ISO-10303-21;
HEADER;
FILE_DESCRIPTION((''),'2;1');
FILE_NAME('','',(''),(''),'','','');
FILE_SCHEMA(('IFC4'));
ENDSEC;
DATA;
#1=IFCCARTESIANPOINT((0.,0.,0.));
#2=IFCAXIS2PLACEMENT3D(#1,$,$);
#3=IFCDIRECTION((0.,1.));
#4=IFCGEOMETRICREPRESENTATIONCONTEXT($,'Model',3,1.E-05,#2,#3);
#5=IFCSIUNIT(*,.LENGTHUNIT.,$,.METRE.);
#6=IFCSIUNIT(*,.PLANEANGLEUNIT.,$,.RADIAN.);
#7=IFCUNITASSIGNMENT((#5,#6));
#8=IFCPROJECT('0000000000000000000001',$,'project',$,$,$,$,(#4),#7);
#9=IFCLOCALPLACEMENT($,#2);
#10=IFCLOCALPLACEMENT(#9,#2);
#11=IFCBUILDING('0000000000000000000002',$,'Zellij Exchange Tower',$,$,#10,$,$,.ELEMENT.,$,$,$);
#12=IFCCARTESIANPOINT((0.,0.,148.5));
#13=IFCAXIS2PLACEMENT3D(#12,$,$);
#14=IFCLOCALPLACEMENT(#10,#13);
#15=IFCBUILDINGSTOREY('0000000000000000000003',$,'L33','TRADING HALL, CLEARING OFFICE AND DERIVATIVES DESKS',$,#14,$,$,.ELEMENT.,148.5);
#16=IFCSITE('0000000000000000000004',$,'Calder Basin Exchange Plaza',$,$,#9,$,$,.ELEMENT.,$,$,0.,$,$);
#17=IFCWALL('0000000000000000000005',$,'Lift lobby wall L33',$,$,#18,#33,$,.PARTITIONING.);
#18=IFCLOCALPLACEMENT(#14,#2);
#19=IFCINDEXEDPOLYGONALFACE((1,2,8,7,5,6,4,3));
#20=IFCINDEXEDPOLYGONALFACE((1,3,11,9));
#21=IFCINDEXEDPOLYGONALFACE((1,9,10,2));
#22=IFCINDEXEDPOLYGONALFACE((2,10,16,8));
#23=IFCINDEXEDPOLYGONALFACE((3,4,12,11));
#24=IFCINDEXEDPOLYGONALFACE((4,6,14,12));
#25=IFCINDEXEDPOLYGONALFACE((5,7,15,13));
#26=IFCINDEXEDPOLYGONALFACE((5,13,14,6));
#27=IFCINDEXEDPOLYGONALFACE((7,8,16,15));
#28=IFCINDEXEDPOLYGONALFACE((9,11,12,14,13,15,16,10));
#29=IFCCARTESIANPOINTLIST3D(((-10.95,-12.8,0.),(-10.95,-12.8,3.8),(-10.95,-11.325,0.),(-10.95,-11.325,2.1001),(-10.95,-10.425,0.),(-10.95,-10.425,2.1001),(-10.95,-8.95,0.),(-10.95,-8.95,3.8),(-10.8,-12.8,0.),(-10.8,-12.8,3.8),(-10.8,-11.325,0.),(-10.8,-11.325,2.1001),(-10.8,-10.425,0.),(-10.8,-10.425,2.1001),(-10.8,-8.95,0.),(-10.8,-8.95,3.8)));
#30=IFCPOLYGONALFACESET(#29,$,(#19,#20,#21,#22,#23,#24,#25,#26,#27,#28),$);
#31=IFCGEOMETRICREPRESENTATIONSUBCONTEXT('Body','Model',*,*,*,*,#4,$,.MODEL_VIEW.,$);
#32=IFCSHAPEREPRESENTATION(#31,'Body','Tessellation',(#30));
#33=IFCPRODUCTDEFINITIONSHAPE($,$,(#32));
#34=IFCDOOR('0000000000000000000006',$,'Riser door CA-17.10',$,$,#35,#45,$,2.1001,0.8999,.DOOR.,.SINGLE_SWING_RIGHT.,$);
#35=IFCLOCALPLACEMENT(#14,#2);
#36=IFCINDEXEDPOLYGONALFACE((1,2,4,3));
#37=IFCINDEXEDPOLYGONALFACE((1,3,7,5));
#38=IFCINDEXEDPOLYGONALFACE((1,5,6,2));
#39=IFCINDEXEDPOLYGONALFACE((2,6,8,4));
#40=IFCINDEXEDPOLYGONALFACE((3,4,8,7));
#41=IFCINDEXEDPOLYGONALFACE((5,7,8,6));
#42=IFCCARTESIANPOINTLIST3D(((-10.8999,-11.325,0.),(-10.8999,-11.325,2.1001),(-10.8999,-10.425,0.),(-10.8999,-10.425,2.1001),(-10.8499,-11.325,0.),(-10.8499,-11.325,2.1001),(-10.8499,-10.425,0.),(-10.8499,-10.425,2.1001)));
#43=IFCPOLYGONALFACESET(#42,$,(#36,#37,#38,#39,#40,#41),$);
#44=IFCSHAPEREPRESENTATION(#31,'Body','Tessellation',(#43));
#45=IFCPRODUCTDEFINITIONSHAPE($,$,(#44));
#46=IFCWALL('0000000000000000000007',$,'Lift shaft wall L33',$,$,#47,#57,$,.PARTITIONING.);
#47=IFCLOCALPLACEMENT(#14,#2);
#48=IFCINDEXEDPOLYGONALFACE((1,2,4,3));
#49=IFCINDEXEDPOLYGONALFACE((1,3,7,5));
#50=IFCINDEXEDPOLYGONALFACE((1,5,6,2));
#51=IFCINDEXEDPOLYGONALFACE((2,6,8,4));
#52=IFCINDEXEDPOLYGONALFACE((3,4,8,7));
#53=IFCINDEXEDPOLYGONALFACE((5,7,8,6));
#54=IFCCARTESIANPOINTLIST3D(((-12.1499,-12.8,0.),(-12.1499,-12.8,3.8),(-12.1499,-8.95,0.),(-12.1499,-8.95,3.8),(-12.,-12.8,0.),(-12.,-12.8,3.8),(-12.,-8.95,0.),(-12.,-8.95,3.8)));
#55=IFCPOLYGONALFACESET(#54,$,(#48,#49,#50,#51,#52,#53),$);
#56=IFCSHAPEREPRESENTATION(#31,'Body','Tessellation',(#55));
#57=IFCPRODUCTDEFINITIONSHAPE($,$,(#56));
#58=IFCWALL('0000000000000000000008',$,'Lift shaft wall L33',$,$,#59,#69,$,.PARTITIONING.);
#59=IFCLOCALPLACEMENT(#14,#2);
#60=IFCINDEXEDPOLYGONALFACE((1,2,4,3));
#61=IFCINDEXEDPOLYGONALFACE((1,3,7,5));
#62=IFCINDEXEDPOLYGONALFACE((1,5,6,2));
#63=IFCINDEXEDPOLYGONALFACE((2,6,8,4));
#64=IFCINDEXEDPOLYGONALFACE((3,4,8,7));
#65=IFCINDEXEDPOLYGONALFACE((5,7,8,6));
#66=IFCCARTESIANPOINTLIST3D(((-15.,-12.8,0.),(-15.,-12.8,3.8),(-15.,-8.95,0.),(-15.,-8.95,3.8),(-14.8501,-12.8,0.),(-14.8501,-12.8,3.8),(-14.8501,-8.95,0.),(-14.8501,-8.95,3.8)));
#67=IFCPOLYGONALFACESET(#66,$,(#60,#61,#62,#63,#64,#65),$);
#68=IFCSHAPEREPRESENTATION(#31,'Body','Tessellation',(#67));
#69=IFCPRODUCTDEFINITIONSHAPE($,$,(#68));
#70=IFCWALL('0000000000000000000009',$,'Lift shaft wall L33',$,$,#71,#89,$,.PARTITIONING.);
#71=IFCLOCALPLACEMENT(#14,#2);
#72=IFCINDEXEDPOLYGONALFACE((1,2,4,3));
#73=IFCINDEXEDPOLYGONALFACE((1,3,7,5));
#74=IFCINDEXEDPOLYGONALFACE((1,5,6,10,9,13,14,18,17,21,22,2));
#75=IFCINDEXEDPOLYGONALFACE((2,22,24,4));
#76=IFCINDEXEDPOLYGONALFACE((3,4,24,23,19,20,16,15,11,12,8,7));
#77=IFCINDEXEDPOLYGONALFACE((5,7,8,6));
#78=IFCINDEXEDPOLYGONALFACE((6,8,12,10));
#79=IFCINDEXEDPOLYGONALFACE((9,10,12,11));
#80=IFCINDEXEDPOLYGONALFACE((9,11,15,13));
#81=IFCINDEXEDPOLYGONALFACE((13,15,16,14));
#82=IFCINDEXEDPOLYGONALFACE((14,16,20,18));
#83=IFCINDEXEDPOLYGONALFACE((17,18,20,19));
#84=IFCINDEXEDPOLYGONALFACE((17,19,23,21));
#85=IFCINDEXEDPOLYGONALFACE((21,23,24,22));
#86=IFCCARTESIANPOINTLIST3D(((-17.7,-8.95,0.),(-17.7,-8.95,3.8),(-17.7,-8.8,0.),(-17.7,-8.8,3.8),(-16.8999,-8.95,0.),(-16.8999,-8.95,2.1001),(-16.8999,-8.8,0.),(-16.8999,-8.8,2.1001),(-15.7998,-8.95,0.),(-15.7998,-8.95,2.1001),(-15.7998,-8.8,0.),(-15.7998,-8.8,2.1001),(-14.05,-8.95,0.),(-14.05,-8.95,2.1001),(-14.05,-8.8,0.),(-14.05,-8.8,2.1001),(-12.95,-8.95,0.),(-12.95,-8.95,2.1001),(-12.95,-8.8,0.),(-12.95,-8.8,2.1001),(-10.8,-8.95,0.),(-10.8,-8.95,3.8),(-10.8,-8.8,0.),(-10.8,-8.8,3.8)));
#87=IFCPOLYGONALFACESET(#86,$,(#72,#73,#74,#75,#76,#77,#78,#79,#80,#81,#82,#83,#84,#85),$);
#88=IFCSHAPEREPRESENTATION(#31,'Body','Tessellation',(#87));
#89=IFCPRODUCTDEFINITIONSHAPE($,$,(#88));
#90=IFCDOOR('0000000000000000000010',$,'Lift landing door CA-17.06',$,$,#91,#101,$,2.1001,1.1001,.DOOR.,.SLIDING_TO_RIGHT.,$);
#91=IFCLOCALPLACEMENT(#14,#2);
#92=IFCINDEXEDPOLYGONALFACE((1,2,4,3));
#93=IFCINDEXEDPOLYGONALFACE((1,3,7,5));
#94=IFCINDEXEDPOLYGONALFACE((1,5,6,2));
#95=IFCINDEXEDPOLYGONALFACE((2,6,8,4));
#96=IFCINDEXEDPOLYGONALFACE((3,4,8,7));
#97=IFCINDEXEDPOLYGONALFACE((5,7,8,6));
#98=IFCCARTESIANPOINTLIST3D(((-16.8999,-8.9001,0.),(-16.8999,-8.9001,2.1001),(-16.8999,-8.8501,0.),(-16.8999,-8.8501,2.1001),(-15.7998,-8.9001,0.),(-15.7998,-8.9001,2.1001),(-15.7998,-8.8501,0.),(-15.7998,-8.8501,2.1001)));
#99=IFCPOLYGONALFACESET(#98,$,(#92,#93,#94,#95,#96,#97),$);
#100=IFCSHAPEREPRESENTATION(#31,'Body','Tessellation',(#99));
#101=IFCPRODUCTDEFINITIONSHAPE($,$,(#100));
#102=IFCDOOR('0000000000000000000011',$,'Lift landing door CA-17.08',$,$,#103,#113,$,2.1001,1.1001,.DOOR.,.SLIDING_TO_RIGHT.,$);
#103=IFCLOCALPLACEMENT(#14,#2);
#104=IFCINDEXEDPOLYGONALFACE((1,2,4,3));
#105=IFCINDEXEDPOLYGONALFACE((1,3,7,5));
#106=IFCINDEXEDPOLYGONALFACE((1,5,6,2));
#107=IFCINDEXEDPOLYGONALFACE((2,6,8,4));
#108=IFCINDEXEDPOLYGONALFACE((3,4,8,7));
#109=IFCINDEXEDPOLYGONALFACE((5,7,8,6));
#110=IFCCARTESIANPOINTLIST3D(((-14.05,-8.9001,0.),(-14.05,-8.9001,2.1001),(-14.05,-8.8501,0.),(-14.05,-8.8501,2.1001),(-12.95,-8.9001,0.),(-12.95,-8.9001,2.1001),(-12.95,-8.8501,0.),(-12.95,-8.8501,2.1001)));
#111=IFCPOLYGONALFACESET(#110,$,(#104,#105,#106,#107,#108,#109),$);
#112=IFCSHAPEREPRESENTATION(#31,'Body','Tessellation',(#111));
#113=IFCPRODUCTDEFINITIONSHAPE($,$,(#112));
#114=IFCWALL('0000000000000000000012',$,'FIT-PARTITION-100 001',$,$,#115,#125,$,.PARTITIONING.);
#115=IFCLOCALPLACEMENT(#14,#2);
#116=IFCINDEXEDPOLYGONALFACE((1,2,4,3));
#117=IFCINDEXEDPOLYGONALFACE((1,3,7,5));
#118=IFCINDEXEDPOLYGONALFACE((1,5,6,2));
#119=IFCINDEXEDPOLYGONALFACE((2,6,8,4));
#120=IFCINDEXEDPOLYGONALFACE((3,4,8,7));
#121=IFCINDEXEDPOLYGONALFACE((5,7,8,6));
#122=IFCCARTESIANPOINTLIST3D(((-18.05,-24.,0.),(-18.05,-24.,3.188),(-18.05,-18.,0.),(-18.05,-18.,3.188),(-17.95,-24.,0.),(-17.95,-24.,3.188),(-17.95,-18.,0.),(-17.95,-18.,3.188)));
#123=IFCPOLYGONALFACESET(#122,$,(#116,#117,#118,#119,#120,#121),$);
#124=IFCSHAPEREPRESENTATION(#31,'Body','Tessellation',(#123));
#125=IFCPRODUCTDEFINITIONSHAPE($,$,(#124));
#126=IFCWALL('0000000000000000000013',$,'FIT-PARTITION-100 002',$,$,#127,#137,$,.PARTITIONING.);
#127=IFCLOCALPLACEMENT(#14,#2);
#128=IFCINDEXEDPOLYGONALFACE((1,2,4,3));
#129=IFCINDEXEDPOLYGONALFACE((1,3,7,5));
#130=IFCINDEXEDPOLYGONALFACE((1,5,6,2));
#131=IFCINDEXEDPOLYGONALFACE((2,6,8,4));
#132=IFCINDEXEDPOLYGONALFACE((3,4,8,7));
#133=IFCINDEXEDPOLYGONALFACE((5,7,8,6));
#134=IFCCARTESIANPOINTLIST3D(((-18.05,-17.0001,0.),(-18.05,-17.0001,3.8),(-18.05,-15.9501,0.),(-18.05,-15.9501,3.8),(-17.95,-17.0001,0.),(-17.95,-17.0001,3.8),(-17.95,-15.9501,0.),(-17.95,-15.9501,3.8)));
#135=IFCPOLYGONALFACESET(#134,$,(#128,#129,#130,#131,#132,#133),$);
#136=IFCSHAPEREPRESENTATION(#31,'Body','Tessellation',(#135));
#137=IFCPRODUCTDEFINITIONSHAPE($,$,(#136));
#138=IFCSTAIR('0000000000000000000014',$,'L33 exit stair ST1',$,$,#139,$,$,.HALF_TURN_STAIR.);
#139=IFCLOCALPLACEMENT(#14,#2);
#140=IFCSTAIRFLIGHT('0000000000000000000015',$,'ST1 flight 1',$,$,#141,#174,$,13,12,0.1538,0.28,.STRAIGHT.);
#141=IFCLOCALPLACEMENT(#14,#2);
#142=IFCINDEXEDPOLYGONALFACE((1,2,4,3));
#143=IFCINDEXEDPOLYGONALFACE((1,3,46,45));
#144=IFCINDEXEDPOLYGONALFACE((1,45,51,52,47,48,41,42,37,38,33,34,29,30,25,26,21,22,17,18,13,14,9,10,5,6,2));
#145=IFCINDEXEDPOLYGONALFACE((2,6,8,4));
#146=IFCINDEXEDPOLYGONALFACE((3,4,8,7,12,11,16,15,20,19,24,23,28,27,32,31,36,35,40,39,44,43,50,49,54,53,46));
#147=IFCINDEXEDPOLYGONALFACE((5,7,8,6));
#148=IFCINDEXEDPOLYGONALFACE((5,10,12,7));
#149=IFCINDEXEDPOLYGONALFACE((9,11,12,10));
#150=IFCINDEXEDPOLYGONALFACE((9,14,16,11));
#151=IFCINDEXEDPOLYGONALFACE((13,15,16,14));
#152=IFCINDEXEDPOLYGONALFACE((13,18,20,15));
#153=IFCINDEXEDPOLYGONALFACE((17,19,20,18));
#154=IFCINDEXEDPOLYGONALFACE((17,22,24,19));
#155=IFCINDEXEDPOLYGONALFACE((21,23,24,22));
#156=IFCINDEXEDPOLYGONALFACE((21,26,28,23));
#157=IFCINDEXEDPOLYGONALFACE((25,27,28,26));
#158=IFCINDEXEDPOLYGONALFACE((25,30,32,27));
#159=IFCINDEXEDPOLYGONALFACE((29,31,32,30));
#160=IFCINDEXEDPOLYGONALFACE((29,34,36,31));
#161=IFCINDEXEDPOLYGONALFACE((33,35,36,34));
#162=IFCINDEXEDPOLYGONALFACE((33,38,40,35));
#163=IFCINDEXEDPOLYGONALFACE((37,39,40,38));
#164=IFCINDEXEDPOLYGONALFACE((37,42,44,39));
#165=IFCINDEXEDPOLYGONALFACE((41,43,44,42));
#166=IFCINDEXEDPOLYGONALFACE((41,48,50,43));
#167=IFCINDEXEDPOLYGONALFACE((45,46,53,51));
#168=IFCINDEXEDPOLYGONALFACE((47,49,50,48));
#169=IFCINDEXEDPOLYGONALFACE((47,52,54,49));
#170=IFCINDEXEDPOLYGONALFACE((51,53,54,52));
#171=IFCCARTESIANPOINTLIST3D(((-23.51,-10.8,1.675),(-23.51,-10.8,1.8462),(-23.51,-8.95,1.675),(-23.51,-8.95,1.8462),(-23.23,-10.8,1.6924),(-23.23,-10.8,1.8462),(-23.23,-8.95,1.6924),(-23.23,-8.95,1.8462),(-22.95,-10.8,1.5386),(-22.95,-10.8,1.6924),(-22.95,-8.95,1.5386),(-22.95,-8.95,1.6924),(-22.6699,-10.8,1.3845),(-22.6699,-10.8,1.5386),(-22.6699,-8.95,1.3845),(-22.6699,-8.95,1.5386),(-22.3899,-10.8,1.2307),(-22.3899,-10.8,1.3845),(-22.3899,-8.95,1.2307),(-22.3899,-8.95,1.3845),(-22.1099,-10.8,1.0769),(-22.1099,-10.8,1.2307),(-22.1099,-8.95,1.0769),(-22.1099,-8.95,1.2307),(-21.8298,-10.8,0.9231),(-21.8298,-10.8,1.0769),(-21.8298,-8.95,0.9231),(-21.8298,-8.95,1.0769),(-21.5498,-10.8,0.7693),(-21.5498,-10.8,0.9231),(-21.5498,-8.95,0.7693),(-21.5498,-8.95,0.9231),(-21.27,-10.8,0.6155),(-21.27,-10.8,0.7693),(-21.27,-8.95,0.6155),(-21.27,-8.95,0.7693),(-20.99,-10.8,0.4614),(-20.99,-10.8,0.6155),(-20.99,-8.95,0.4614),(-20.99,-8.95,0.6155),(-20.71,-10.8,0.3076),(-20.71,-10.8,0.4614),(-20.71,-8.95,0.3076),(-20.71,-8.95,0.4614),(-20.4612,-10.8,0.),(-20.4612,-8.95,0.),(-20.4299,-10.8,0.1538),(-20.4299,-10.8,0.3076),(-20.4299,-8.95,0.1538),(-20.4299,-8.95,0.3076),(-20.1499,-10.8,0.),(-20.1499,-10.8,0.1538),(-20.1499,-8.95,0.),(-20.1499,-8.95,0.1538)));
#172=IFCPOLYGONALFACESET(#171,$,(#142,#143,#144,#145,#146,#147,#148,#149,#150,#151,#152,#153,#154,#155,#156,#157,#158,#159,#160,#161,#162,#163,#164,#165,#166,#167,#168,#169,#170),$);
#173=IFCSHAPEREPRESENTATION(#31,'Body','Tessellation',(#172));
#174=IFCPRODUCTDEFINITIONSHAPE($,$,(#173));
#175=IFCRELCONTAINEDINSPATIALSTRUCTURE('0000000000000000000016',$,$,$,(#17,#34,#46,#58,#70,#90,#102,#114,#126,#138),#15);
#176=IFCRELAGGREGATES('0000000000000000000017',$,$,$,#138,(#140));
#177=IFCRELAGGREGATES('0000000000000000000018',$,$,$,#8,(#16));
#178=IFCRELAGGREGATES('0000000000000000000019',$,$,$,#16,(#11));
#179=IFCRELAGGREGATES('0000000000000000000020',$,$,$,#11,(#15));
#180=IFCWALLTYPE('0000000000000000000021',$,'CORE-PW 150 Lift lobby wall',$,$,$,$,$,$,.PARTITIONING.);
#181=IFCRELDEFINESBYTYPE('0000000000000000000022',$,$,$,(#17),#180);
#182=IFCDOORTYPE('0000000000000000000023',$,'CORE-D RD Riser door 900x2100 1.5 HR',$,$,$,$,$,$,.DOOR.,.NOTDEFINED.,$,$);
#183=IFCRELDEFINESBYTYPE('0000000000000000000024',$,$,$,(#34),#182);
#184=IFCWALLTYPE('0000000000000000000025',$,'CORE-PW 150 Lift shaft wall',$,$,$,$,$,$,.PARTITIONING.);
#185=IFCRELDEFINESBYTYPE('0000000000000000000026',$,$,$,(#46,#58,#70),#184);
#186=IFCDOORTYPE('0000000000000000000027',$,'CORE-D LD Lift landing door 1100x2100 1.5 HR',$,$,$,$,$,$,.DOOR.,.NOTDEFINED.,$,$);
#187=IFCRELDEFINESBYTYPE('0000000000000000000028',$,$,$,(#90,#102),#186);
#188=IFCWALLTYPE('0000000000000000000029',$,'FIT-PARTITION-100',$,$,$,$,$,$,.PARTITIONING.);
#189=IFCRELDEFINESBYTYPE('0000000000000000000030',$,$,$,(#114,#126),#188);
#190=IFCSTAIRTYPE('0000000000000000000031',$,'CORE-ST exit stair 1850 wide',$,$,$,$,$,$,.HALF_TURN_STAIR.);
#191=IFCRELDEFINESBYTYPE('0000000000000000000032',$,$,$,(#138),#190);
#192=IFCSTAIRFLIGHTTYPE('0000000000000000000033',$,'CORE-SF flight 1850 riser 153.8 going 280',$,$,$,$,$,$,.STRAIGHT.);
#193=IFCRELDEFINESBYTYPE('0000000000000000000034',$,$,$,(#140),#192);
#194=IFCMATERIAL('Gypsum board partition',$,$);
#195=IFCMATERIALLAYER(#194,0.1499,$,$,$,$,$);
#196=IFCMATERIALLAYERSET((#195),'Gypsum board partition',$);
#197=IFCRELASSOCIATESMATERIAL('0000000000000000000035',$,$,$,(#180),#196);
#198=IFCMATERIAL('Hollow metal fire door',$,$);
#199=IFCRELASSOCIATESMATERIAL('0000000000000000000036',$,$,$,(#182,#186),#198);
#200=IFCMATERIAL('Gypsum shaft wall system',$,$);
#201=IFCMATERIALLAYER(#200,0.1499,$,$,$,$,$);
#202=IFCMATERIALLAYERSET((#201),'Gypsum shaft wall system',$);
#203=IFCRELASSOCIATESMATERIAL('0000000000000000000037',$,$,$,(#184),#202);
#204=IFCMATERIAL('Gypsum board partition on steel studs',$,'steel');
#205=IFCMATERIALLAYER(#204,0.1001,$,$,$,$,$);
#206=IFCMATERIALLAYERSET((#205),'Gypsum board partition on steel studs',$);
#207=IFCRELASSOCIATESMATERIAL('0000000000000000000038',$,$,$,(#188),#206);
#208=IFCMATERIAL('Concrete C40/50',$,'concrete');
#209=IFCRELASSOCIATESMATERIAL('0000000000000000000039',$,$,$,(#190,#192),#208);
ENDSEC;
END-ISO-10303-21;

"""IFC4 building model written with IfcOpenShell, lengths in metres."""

from ifc_helpers import new_model, si_unit, direction, frame, frame_2d, origin, place, context, subcontext, project, spatial, polyline, rectangle, outline, extrude, material, layer, layer_set, type_object, element, fill, aggregate, save


model = new_model("IFC4")

# Units and contexts
model_context = context("Model", 3, precision=1e-05, world=origin(), true_north=direction((0.0, 1.0)))
body_context = subcontext(model_context, "Body", "Model", "MODEL_VIEW")
ifc_project = project(units=[si_unit("LENGTHUNIT", "METRE"), si_unit("PLANEANGLEUNIT", "RADIAN")], contexts=[model_context])

# Site, building, storey
site_placement = place(None, origin())
site = spatial("IfcSite", under=ifc_project, at=site_placement, Name="Calder Basin Exchange Plaza", CompositionType="ELEMENT", RefElevation=0.0)
building_placement = place(site_placement, origin())
building = spatial("IfcBuilding", under=site, at=building_placement, Name="Zellij Exchange Tower", CompositionType="ELEMENT")
storey_placement = place(building_placement, frame((0.0, 0.0, 148.5)))
storey = spatial("IfcBuildingStorey", under=building, at=storey_placement, Name="L33", Description="TRADING HALL, CLEARING OFFICE AND DERIVATIVES DESKS", CompositionType="ELEMENT", Elevation=148.5)

# Wall, opening, door
ifc_material_1 = material(Name="Gypsum board partition")
ifc_layer_1 = layer(ifc_material_1, 0.1499)
ifc_layer_set_1 = layer_set([ifc_layer_1], Name="Gypsum board partition")
wall_type_1 = type_object("IfcWallType", Name="CORE-PW 150 Lift lobby wall", PredefinedType="PARTITIONING", material=ifc_layer_set_1)
wall_1_placement = place(storey_placement, frame((-10.875, -12.8, 0.0), z_axis=(0.0, 0.0, 1.0), x_axis=(0.0, 1.0, 0.0)))
wall_1 = element("IfcWall", 1, at=wall_1_placement, inside=storey, type_object=wall_type_1, Name="Lift lobby wall L33", PredefinedType="PARTITIONING", context=body_context, shape_type="SweptSolid", body=[
    extrude(rectangle(XDim=3.8501, YDim=0.1499, at=frame_2d((1.925, 0.0))), origin(), (0.0, 0.0, 1.0), 3.8),
])
opening_1_placement = place(wall_1_placement, frame((1.4751, 0.0, 0.0)))
opening_1 = element("IfcOpeningElement", 2, at=opening_1_placement, cuts=wall_1, PredefinedType="OPENING", context=body_context, shape_type="SweptSolid", body=[
    extrude(rectangle(XDim=0.8999, YDim=2.1001, at=frame_2d((0.45, 1.05))), frame((0.0, 0.0869, 0.0), z_axis=(0.0, -1.0, 0.0), x_axis=(1.0, 0.0, 0.0)), (0.0, 0.0, 1.0), 0.1738),
])
ifc_material_2 = material(Name="Hollow metal fire door")
door_type_1 = type_object("IfcDoorType", Name="CORE-D RD Riser door 900x2100 1.5 HR", OperationType="NOTDEFINED", PredefinedType="DOOR", material=ifc_material_2)
door_1_placement = place(opening_1_placement, origin())
door_1 = element("IfcDoor", 3, at=door_1_placement, inside=storey, type_object=door_type_1, Name="Riser door CA-17.10", OperationType="SINGLE_SWING_RIGHT", OverallHeight=2.1001, OverallWidth=0.8999, PredefinedType="DOOR", context=body_context, shape_type="SweptSolid", body=[
    extrude(rectangle(XDim=0.8999, YDim=2.1001, at=frame_2d((0.45, 1.05))), frame((0.0, 0.0249, 0.0), z_axis=(0.0, -1.0, 0.0), x_axis=(1.0, 0.0, 0.0)), (0.0, 0.0, 1.0), 0.05),
])
fill(opening_1, door_1)

# Walls
ifc_material_3 = material(Name="Gypsum shaft wall system")
ifc_layer_2 = layer(ifc_material_3, 0.1499)
ifc_layer_set_2 = layer_set([ifc_layer_2], Name="Gypsum shaft wall system")
wall_type_2 = type_object("IfcWallType", Name="CORE-PW 150 Lift shaft wall", PredefinedType="PARTITIONING", material=ifc_layer_set_2)
for number, where, z_axis, x_axis, name in (
    (4, (-12.075, -12.8, 0.0), (0.0, 0.0, 1.0), (0.0, 1.0, 0.0), "Lift shaft wall L33"),
    (5, (-14.925, -12.8, 0.0), (0.0, 0.0, 1.0), (0.0, 1.0, 0.0), "Lift shaft wall L33"),
):
    element("IfcWall", number, at=place(storey_placement, frame(where, z_axis=z_axis, x_axis=x_axis)), inside=storey, type_object=wall_type_2, Name=name, PredefinedType="PARTITIONING", context=body_context, shape_type="SweptSolid", body=[
        extrude(rectangle(XDim=3.8501, YDim=0.1499, at=frame_2d((1.925, 0.0))), origin(), (0.0, 0.0, 1.0), 3.8),
    ])

# Wall, openings, doors
wall_2_placement = place(storey_placement, frame((-17.7, -8.875, 0.0), z_axis=(0.0, 0.0, 1.0), x_axis=(1.0, 0.0, 0.0)))
wall_2 = element("IfcWall", 6, at=wall_2_placement, inside=storey, type_object=wall_type_2, Name="Lift shaft wall L33", PredefinedType="PARTITIONING", context=body_context, shape_type="SweptSolid", body=[
    extrude(rectangle(XDim=6.8999, YDim=0.1499, at=frame_2d((3.45, 0.0))), origin(), (0.0, 0.0, 1.0), 3.8),
])
opening_2_placement = place(wall_2_placement, frame((0.8, 0.0, 0.0)))
opening_2 = element("IfcOpeningElement", 7, at=opening_2_placement, cuts=wall_2, PredefinedType="OPENING", context=body_context, shape_type="SweptSolid", body=[
    extrude(rectangle(XDim=1.1001, YDim=2.1001, at=frame_2d((0.55, 1.05))), frame((0.0, 0.0869, 0.0), z_axis=(0.0, -1.0, 0.0), x_axis=(1.0, 0.0, 0.0)), (0.0, 0.0, 1.0), 0.1738),
])
opening_3_placement = place(wall_2_placement, frame((3.6499, 0.0, 0.0)))
opening_3 = element("IfcOpeningElement", 8, at=opening_3_placement, cuts=wall_2, PredefinedType="OPENING", context=body_context, shape_type="SweptSolid", body=[
    extrude(rectangle(XDim=1.1001, YDim=2.1001, at=frame_2d((0.55, 1.05))), frame((0.0, 0.0869, 0.0), z_axis=(0.0, -1.0, 0.0), x_axis=(1.0, 0.0, 0.0)), (0.0, 0.0, 1.0), 0.1738),
])
door_type_2 = type_object("IfcDoorType", Name="CORE-D LD Lift landing door 1100x2100 1.5 HR", OperationType="NOTDEFINED", PredefinedType="DOOR", material=ifc_material_2)
door_2_placement = place(opening_2_placement, origin())
door_2 = element("IfcDoor", 9, at=door_2_placement, inside=storey, type_object=door_type_2, Name="Lift landing door CA-17.06", OperationType="SLIDING_TO_RIGHT", OverallHeight=2.1001, OverallWidth=1.1001, PredefinedType="DOOR", context=body_context, shape_type="SweptSolid", body=[
    extrude(rectangle(XDim=1.1001, YDim=2.1001, at=frame_2d((0.55, 1.05))), frame((0.0, 0.0249, 0.0), z_axis=(0.0, -1.0, 0.0), x_axis=(1.0, 0.0, 0.0)), (0.0, 0.0, 1.0), 0.05),
])
fill(opening_2, door_2)
door_3_placement = place(opening_3_placement, origin())
door_3 = element("IfcDoor", 10, at=door_3_placement, inside=storey, type_object=door_type_2, Name="Lift landing door CA-17.08", OperationType="SLIDING_TO_RIGHT", OverallHeight=2.1001, OverallWidth=1.1001, PredefinedType="DOOR", context=body_context, shape_type="SweptSolid", body=[
    extrude(rectangle(XDim=1.1001, YDim=2.1001, at=frame_2d((0.55, 1.05))), frame((0.0, 0.0249, 0.0), z_axis=(0.0, -1.0, 0.0), x_axis=(1.0, 0.0, 0.0)), (0.0, 0.0, 1.0), 0.05),
])
fill(opening_3, door_3)

# Walls
ifc_material_4 = material(Name="Gypsum board partition on steel studs", Category="steel")
ifc_layer_3 = layer(ifc_material_4, 0.1001)
ifc_layer_set_3 = layer_set([ifc_layer_3], Name="Gypsum board partition on steel studs")
wall_type_3 = type_object("IfcWallType", Name="FIT-PARTITION-100", PredefinedType="PARTITIONING", material=ifc_layer_set_3)
wall_3_placement = place(storey_placement, frame((-18.0, -24.0, 0.0), z_axis=(0.0, 0.0, 1.0), x_axis=(0.0, 1.0, 0.0)))
element("IfcWall", 11, at=wall_3_placement, inside=storey, type_object=wall_type_3, Name="FIT-PARTITION-100 001", PredefinedType="PARTITIONING", context=body_context, shape_type="SweptSolid", body=[
    extrude(rectangle(XDim=6.0, YDim=0.1001, at=frame_2d((3.0, 0.0))), origin(), (0.0, 0.0, 1.0), 3.188),
])
wall_4_placement = place(storey_placement, frame((-18.0, -17.0, 0.0), z_axis=(0.0, 0.0, 1.0), x_axis=(0.0, 1.0, 0.0)))
element("IfcWall", 12, at=wall_4_placement, inside=storey, type_object=wall_type_3, Name="FIT-PARTITION-100 002", PredefinedType="PARTITIONING", context=body_context, shape_type="SweptSolid", body=[
    extrude(rectangle(XDim=1.05, YDim=0.1001, at=frame_2d((0.5249, 0.0))), origin(), (0.0, 0.0, 1.0), 3.8),
])

# Stair, stair flight
ifc_material_5 = material(Name="Concrete C40/50", Category="concrete")
stair_type = type_object("IfcStairType", Name="CORE-ST exit stair 1850 wide", PredefinedType="HALF_TURN_STAIR", material=ifc_material_5)
stair_placement = place(storey_placement, origin())
stair = element("IfcStair", 13, at=stair_placement, inside=storey, type_object=stair_type, Name="L33 exit stair ST1", PredefinedType="HALF_TURN_STAIR")
stair_flight_type = type_object("IfcStairFlightType", Name="CORE-SF flight 1850 riser 153.8 going 280", PredefinedType="STRAIGHT", material=ifc_material_5)
stair_flight_1_placement = place(storey_placement, frame((-20.1499, -9.875, 0.0), z_axis=(0.0, 0.0, 1.0), x_axis=(-1.0, 0.0, 0.0)))
stair_flight_1 = element("IfcStairFlight", 14, at=stair_flight_1_placement, type_object=stair_flight_type, Name="ST1 flight 1", NumberOfRisers=13, NumberOfTreads=12, PredefinedType="STRAIGHT", RiserHeight=0.1538, TreadLength=0.28, context=body_context, shape_type="SweptSolid", body=[
    extrude(outline(polyline([(0.0, 0.0), (0.0, 0.1538), (0.28, 0.1538), (0.28, 0.3076), (0.5601, 0.3076), (0.5601, 0.4614), (0.8401, 0.4614), (0.8401, 0.6155), (1.1201, 0.6155), (1.1201, 0.7693), (1.3999, 0.7693), (1.3999, 0.9231), (1.6799, 0.9231), (1.6799, 1.0769), (1.96, 1.0769), (1.96, 1.2307), (2.24, 1.2307), (2.24, 1.3845), (2.52, 1.3845), (2.52, 1.5386), (2.8, 1.5386), (2.8, 1.6924), (3.0801, 1.6924), (3.0801, 1.8462), (3.3601, 1.8462), (3.3601, 2.0), (3.3601, 1.675), (0.3113, 0.0), (0.0, 0.0)])), frame((0.0, 0.925, 0.0), z_axis=(0.0, -1.0, 0.0), x_axis=(1.0, 0.0, 0.0)), (0.0, 0.0, 1.0), 1.8501),
])
aggregate(stair, [stair_flight_1])

save(model, "model.ifc")
